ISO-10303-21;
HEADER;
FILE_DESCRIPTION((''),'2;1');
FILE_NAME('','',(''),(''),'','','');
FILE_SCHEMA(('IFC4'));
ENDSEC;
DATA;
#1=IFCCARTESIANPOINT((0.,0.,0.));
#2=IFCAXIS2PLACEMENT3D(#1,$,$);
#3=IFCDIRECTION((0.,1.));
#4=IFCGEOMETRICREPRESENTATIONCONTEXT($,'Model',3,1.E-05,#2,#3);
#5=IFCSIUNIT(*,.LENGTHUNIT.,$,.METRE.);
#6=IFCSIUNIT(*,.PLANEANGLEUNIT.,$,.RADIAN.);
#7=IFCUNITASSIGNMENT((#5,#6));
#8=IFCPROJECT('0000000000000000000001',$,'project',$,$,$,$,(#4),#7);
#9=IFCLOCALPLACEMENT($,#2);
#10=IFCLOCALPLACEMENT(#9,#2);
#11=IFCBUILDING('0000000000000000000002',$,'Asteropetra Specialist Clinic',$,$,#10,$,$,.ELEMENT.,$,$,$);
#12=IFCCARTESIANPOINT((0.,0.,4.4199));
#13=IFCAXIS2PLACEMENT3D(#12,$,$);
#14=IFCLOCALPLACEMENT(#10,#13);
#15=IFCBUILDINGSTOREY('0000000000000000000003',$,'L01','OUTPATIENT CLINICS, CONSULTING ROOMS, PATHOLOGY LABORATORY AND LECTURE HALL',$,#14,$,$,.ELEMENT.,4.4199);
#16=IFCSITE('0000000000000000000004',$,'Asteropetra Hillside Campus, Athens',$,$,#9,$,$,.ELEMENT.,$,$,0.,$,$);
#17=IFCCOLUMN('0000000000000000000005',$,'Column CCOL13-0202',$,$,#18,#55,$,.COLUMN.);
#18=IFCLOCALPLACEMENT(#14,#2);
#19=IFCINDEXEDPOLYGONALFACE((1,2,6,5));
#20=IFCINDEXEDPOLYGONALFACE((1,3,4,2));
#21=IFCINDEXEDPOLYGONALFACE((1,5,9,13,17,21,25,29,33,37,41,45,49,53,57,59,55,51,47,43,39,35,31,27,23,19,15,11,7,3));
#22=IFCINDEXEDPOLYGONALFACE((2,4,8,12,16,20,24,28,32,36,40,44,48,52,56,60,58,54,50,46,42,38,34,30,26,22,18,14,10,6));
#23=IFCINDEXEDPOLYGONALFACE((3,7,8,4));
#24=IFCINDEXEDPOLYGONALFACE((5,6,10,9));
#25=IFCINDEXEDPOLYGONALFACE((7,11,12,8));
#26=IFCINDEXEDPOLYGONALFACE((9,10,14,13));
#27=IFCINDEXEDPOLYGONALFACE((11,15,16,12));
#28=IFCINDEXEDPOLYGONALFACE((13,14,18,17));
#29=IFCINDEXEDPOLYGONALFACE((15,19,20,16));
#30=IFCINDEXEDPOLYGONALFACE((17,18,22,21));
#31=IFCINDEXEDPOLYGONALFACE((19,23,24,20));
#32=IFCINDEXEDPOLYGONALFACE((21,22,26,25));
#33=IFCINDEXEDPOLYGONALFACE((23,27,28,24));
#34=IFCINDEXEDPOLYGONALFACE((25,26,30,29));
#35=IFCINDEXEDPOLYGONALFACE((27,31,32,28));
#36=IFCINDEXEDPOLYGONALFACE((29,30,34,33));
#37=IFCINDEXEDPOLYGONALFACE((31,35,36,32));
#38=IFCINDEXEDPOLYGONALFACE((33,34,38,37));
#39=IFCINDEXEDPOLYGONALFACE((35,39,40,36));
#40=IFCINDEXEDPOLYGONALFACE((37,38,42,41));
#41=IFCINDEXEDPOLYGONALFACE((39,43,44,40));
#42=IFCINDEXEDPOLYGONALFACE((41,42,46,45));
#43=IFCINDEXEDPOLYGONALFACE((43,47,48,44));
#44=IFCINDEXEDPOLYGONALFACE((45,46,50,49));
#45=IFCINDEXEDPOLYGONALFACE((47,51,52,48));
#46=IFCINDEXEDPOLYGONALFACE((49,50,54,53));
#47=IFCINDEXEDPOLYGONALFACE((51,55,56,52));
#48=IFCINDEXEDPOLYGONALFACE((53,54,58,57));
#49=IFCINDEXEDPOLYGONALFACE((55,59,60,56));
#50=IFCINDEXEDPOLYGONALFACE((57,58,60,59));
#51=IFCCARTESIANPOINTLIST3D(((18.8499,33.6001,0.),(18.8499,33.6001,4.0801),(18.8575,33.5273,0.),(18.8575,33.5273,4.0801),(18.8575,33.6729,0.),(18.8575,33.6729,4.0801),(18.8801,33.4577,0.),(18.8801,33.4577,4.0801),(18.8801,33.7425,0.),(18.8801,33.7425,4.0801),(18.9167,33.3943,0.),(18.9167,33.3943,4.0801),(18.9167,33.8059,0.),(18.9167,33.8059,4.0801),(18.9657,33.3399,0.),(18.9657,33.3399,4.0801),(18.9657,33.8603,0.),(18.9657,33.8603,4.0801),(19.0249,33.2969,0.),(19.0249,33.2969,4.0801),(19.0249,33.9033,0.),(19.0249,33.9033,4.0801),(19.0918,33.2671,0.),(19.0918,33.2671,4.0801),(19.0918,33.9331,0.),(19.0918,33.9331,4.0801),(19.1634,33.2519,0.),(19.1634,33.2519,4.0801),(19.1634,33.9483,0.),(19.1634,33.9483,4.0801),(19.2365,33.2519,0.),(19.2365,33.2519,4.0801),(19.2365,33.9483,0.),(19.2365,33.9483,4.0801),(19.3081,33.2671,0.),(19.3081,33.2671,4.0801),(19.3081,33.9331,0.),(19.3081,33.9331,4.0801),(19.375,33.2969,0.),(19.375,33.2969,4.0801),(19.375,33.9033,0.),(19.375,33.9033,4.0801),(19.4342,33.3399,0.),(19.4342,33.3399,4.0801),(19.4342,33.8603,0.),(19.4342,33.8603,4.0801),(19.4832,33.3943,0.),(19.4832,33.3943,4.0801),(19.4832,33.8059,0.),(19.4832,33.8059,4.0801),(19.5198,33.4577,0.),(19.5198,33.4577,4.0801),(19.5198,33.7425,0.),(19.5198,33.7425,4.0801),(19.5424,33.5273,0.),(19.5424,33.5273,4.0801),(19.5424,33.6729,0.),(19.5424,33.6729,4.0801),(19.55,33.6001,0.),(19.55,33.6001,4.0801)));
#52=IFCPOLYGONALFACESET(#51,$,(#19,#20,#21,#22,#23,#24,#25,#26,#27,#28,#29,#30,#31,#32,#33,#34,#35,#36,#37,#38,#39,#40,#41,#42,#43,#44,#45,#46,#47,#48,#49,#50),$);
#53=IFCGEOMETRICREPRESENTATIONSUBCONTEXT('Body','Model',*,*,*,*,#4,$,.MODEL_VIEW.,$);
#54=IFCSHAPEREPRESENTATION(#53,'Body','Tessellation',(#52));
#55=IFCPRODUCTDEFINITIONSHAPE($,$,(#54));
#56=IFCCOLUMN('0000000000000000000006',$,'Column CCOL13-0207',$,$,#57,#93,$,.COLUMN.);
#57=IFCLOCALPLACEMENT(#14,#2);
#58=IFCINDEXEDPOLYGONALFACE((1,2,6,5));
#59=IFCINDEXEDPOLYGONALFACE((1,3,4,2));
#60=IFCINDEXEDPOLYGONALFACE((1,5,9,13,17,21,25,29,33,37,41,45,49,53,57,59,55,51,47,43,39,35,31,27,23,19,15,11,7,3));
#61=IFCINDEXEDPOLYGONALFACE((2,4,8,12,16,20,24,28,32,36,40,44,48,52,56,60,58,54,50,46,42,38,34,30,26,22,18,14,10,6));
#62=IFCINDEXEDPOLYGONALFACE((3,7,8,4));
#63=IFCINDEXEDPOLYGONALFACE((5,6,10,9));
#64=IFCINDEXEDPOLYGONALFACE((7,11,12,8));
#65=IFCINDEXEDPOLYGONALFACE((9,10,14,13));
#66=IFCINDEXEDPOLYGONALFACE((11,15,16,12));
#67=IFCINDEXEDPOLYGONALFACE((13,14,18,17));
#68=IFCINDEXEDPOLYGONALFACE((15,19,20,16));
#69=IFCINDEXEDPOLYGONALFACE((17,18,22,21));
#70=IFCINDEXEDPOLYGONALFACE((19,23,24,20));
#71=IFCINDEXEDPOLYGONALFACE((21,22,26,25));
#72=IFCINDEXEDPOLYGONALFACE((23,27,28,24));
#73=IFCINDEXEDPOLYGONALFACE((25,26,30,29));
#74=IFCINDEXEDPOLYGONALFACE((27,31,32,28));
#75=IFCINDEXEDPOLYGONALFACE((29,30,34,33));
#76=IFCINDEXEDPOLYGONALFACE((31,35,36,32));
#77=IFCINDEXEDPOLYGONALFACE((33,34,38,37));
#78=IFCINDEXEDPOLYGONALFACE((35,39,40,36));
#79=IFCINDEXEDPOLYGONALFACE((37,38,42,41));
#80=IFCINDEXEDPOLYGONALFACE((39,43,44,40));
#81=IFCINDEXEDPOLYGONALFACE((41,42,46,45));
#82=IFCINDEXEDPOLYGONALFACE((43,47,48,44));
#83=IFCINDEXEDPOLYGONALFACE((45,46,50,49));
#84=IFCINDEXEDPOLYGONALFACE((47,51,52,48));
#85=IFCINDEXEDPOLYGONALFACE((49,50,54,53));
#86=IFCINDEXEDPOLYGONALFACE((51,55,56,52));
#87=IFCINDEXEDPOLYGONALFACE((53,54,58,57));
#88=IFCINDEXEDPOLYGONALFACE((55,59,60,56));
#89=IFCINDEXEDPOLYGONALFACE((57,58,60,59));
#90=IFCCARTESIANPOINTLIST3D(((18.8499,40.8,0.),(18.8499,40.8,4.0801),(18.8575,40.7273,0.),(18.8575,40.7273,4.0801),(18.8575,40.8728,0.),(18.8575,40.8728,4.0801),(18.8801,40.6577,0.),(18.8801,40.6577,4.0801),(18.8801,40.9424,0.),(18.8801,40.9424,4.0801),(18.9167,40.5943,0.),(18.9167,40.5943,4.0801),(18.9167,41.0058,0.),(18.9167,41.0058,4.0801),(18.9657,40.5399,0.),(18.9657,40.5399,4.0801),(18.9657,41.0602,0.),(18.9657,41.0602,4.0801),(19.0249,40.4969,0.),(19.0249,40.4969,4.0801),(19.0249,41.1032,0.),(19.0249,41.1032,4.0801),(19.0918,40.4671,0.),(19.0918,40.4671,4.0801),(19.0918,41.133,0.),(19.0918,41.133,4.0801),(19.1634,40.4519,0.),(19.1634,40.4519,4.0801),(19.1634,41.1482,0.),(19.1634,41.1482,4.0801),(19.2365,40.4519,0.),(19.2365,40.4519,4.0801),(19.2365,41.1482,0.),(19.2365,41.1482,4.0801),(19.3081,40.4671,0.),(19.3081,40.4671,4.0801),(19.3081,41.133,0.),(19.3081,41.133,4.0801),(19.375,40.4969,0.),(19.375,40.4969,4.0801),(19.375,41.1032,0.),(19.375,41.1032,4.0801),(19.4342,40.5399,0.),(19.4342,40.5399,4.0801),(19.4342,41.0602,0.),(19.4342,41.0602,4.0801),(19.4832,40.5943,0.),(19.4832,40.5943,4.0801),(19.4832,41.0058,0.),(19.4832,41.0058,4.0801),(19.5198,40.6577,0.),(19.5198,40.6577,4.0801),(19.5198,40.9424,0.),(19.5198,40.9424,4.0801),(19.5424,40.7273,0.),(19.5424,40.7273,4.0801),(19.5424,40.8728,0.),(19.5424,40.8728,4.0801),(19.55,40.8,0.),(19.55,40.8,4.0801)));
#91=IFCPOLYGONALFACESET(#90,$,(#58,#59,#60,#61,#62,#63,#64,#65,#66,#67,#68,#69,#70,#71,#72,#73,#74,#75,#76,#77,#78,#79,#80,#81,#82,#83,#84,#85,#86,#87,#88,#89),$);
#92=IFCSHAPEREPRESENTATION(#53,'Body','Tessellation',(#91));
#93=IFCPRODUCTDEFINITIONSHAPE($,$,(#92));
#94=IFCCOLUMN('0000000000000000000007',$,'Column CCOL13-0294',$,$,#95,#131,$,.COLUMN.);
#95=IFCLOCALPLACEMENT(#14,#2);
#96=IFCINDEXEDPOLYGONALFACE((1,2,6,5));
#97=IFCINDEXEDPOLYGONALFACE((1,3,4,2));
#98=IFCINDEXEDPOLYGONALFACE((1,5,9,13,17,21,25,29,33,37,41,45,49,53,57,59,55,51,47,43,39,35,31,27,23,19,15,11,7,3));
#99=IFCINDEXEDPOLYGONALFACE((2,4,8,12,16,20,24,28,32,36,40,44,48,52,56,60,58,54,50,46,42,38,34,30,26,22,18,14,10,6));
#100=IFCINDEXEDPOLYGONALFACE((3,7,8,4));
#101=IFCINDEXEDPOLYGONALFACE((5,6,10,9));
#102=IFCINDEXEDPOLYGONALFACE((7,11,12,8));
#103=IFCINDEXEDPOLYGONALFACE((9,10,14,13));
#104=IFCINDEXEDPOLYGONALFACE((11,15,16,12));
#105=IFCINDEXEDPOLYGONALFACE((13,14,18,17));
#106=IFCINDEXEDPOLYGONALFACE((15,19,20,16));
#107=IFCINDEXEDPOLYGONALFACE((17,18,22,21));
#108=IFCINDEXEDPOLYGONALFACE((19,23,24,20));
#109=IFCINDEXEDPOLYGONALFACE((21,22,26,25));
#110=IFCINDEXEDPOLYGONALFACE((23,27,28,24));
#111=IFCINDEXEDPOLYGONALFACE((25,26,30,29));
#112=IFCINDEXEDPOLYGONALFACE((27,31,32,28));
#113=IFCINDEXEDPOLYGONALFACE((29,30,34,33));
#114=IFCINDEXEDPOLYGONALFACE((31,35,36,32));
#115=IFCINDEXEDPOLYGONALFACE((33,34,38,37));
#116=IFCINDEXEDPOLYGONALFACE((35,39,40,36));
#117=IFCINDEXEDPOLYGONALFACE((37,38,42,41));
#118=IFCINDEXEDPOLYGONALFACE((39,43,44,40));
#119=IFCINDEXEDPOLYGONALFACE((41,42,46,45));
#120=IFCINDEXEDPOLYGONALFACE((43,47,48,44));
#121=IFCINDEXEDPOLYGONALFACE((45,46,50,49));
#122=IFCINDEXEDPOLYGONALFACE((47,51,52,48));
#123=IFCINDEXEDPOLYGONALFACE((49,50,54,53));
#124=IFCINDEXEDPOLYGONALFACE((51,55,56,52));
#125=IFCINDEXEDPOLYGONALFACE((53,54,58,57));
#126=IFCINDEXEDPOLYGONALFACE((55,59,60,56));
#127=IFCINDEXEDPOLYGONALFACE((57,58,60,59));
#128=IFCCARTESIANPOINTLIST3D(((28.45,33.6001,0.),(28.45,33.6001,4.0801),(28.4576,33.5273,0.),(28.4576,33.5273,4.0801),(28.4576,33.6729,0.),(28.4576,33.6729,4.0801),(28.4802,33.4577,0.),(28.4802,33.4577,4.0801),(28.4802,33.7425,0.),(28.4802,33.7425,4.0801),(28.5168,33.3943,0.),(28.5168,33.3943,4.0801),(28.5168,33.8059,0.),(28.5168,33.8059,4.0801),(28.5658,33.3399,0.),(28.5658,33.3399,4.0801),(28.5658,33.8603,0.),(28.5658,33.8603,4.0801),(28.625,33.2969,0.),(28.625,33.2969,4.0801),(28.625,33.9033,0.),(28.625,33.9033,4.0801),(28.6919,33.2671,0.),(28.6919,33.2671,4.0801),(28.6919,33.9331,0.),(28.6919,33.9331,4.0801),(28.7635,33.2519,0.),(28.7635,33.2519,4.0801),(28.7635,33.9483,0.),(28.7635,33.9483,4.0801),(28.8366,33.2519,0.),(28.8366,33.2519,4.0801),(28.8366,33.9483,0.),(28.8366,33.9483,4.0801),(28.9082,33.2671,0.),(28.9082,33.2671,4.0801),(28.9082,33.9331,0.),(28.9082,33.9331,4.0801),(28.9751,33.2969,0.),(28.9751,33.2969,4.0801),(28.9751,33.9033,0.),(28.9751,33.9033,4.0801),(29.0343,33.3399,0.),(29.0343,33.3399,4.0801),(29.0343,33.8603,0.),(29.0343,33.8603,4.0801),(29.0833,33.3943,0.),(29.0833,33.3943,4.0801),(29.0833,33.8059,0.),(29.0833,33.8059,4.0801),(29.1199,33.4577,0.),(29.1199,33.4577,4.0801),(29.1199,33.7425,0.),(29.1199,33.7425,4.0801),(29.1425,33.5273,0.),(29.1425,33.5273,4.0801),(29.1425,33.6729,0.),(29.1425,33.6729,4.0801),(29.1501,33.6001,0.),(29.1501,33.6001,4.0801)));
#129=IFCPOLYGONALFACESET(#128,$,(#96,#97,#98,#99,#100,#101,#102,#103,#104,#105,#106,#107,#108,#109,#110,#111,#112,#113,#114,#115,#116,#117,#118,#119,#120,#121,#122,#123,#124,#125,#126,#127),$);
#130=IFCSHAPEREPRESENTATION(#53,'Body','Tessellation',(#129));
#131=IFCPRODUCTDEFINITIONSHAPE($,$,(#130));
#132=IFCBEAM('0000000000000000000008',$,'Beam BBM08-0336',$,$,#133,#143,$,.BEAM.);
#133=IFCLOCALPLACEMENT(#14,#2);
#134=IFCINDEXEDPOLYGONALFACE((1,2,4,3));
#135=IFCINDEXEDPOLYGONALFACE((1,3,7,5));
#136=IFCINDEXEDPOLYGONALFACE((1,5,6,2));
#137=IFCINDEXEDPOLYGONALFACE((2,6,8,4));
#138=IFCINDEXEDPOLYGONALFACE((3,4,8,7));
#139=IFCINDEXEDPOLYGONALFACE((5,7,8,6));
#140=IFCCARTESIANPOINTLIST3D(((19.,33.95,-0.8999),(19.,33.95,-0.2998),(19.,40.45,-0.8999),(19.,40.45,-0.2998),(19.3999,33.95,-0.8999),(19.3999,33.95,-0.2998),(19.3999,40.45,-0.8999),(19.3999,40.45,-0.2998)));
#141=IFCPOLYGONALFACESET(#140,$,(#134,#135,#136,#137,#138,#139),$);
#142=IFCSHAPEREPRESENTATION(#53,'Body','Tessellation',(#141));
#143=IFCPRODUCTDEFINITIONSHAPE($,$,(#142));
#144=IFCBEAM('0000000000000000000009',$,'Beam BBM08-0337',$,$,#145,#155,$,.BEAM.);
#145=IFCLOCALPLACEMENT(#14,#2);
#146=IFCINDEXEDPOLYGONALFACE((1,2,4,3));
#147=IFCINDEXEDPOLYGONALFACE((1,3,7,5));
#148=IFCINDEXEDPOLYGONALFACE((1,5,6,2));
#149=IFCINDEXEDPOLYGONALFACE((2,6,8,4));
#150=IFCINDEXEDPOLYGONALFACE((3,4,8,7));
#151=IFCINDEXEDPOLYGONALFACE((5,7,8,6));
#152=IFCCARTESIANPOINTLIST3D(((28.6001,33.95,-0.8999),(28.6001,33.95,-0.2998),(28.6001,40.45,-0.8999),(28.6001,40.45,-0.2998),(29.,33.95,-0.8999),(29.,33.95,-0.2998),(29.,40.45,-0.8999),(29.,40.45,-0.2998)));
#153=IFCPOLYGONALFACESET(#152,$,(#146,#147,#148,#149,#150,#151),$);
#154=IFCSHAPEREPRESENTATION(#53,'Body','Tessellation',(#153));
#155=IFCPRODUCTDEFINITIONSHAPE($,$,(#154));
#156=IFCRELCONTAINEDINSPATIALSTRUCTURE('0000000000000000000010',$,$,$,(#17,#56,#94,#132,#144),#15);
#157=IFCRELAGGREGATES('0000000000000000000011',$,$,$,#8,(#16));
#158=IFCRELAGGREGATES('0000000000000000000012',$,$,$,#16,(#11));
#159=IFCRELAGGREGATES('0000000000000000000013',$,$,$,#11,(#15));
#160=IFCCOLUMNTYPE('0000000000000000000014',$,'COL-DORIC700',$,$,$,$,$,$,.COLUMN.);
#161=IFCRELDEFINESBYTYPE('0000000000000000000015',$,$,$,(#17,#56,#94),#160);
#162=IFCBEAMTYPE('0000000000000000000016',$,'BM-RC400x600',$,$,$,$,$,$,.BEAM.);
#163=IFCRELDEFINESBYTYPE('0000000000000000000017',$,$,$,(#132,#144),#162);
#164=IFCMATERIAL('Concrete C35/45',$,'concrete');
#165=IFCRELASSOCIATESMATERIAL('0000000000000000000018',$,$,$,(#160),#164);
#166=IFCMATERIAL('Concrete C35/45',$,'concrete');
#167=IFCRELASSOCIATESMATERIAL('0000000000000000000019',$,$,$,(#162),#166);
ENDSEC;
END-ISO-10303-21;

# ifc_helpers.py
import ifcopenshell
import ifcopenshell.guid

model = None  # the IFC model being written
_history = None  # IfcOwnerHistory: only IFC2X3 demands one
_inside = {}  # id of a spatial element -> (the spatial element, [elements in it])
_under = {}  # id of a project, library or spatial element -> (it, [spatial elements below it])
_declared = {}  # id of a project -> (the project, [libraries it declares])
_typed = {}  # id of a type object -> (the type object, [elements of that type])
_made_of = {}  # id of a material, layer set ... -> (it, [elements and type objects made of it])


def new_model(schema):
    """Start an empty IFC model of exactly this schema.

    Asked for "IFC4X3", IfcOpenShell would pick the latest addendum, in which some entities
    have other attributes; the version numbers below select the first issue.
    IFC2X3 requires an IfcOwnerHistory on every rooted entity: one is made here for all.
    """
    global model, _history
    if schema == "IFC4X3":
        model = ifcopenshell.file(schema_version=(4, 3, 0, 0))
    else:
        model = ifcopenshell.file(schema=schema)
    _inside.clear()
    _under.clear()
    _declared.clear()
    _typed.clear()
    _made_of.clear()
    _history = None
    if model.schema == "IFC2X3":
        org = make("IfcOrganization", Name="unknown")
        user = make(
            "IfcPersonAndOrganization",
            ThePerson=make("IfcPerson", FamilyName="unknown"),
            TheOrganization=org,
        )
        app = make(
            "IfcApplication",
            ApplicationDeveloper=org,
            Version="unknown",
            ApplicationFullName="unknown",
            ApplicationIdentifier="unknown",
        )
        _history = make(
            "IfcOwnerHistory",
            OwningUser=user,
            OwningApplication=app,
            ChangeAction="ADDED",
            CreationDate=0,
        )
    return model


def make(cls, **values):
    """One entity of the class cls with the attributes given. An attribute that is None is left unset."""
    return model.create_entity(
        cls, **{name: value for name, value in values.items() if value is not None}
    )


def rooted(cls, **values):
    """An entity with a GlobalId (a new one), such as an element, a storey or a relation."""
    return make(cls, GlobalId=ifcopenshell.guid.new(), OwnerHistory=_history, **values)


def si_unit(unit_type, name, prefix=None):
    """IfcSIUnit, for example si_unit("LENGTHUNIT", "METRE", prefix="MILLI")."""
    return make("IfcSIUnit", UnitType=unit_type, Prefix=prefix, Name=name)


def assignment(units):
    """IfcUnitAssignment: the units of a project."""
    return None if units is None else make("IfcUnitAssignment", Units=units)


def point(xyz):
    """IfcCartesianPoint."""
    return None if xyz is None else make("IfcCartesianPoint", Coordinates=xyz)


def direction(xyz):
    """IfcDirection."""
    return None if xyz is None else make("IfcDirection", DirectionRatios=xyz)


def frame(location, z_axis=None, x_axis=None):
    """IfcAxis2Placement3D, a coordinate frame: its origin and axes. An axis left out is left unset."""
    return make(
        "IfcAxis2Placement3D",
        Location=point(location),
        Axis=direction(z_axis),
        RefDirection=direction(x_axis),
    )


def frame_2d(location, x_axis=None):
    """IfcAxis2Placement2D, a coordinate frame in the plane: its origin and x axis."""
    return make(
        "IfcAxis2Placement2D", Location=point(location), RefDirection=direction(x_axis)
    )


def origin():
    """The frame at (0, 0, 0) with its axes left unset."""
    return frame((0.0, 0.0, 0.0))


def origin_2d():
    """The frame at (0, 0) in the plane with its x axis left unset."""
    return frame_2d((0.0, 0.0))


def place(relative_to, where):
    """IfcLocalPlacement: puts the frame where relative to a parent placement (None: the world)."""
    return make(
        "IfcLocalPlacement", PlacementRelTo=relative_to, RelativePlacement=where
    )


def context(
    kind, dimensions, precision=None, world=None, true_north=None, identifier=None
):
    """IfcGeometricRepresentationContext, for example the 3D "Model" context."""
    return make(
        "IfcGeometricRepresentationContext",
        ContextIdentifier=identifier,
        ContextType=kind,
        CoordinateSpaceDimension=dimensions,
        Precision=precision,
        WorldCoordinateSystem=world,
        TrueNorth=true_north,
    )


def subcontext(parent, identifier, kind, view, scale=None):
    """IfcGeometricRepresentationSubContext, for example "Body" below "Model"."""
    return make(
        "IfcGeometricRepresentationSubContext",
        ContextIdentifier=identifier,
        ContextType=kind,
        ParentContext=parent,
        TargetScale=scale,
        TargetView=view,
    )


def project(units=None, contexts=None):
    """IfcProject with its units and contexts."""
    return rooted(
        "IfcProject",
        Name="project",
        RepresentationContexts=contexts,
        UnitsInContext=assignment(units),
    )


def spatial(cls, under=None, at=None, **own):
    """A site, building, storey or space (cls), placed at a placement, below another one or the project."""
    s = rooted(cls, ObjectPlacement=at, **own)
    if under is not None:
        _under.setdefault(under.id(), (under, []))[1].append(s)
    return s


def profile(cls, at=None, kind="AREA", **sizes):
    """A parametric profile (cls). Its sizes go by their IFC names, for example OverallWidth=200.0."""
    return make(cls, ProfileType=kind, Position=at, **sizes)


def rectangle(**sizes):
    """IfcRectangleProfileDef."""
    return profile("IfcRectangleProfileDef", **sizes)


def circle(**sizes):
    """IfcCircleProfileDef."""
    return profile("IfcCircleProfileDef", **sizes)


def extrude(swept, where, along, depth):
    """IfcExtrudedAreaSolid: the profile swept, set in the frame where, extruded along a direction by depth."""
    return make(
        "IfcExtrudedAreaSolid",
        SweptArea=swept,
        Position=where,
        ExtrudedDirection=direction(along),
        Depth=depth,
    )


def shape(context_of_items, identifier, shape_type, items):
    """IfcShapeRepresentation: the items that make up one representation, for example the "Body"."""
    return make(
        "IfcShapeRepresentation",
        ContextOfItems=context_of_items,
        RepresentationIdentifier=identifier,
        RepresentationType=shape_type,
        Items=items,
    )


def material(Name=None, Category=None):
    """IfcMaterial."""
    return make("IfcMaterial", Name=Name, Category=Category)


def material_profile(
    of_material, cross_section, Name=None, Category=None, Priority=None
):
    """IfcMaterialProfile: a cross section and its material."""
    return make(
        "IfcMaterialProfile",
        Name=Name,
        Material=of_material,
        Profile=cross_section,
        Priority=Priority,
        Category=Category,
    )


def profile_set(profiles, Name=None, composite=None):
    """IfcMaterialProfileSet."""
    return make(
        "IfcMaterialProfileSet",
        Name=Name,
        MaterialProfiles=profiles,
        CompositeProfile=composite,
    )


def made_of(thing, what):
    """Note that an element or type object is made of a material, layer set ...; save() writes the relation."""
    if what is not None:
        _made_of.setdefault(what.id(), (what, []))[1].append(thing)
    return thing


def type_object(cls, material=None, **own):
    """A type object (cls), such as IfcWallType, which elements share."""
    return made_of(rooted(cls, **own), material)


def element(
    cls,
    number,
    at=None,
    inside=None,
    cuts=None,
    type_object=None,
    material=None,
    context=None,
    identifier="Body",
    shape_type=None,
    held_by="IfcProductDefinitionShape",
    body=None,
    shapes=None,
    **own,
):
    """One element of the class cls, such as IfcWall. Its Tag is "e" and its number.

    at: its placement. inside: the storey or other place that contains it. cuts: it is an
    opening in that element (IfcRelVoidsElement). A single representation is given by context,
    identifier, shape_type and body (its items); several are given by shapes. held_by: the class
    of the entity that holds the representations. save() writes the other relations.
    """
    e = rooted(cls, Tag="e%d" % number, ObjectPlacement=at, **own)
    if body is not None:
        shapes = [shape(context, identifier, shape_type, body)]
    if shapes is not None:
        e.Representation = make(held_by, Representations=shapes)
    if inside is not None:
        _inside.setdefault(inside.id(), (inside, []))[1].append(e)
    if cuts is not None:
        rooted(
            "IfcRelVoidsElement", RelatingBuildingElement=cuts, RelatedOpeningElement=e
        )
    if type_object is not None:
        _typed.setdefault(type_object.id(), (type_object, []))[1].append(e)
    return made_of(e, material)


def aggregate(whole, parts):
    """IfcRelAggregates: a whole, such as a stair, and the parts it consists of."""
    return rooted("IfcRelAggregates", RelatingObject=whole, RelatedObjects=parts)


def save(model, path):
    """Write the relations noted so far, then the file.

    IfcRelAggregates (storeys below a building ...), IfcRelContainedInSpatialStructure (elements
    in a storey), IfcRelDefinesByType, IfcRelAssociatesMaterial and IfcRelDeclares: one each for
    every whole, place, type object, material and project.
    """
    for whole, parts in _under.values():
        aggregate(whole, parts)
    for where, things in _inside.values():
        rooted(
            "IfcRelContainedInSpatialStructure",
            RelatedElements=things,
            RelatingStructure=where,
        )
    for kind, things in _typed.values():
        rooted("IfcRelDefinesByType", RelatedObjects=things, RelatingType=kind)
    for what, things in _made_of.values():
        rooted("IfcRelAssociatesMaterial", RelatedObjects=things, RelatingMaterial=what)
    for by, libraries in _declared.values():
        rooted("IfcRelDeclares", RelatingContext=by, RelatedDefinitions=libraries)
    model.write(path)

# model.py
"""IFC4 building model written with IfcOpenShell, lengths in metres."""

from ifc_helpers import new_model, si_unit, direction, frame, origin, origin_2d, place, context, subcontext, project, spatial, rectangle, circle, extrude, material, material_profile, profile_set, type_object, element, save


model = new_model("IFC4")

# Units and contexts
model_context = context("Model", 3, precision=1e-05, world=origin(), true_north=direction((0.0, 1.0)))
body_context = subcontext(model_context, "Body", "Model", "MODEL_VIEW")
ifc_project = project(units=[si_unit("LENGTHUNIT", "METRE"), si_unit("PLANEANGLEUNIT", "RADIAN")], contexts=[model_context])

# Site, building, storey
site_placement = place(None, origin())
site = spatial("IfcSite", under=ifc_project, at=site_placement, Name="Asteropetra Hillside Campus, Athens", CompositionType="ELEMENT", RefElevation=0.0)
building_placement = place(site_placement, origin())
building = spatial("IfcBuilding", under=site, at=building_placement, Name="Asteropetra Specialist Clinic", CompositionType="ELEMENT")
storey_placement = place(building_placement, frame((0.0, 0.0, 4.4199)))
storey = spatial("IfcBuildingStorey", under=building, at=storey_placement, Name="L01", Description="OUTPATIENT CLINICS, CONSULTING ROOMS, PATHOLOGY LABORATORY AND LECTURE HALL", CompositionType="ELEMENT", Elevation=4.4199)

# Columns
ifc_material_1 = material(Name="Concrete C35/45", Category="concrete")
ifc_material_profile_1 = material_profile(ifc_material_1, circle(Radius=0.3501, at=origin_2d()), Name="RCC D700")
ifc_profile_set_1 = profile_set([ifc_material_profile_1], Name="Concrete C35/45")
column_type = type_object("IfcColumnType", Name="COL-DORIC700", PredefinedType="COLUMN", material=ifc_profile_set_1)
for number, where, z_axis, x_axis, name in (
    (1, (19.2, 33.6001, 0.0), (0.0, 0.0, 1.0), (1.0, 0.0, 0.0), "Column CCOL13-0202"),
    (2, (19.2, 40.8, 0.0), (0.0, 0.0, 1.0), (1.0, 0.0, 0.0), "Column CCOL13-0207"),
    (3, (28.8, 33.6001, 0.0), (0.0, 0.0, 1.0), (1.0, 0.0, 0.0), "Column CCOL13-0294"),
):
    element("IfcColumn", number, at=place(storey_placement, frame(where, z_axis=z_axis, x_axis=x_axis)), inside=storey, type_object=column_type, Name=name, PredefinedType="COLUMN", context=body_context, shape_type="SweptSolid", body=[
        extrude(circle(Radius=0.3501, at=origin_2d()), origin(), (0.0, 0.0, 1.0), 4.0801),
    ])

# Beams
ifc_material_2 = material(Name="Concrete C35/45", Category="concrete")
ifc_material_profile_2 = material_profile(ifc_material_2, rectangle(XDim=0.3999, YDim=0.6001, at=origin_2d()), Name="RCB 400x600")
ifc_profile_set_2 = profile_set([ifc_material_profile_2], Name="Concrete C35/45")
beam_type_1 = type_object("IfcBeamType", Name="BM-RC400x600", PredefinedType="BEAM", material=ifc_profile_set_2)
for number, where, z_axis, x_axis, name in (
    (4, (19.2, 33.95, -0.5999), (0.0, 1.0, 0.0), (-1.0, 0.0, 0.0), "Beam BBM08-0336"),
    (5, (28.8, 33.95, -0.5999), (0.0, 1.0, 0.0), (-1.0, 0.0, 0.0), "Beam BBM08-0337"),
):
    element("IfcBeam", number, at=place(storey_placement, frame(where, z_axis=z_axis, x_axis=x_axis)), inside=storey, type_object=beam_type_1, Name=name, PredefinedType="BEAM", context=body_context, shape_type="SweptSolid", body=[
        extrude(rectangle(XDim=0.3999, YDim=0.6001, at=origin_2d()), origin(), (0.0, 0.0, 1.0), 6.5),
    ])

save(model, "model.ifc")
